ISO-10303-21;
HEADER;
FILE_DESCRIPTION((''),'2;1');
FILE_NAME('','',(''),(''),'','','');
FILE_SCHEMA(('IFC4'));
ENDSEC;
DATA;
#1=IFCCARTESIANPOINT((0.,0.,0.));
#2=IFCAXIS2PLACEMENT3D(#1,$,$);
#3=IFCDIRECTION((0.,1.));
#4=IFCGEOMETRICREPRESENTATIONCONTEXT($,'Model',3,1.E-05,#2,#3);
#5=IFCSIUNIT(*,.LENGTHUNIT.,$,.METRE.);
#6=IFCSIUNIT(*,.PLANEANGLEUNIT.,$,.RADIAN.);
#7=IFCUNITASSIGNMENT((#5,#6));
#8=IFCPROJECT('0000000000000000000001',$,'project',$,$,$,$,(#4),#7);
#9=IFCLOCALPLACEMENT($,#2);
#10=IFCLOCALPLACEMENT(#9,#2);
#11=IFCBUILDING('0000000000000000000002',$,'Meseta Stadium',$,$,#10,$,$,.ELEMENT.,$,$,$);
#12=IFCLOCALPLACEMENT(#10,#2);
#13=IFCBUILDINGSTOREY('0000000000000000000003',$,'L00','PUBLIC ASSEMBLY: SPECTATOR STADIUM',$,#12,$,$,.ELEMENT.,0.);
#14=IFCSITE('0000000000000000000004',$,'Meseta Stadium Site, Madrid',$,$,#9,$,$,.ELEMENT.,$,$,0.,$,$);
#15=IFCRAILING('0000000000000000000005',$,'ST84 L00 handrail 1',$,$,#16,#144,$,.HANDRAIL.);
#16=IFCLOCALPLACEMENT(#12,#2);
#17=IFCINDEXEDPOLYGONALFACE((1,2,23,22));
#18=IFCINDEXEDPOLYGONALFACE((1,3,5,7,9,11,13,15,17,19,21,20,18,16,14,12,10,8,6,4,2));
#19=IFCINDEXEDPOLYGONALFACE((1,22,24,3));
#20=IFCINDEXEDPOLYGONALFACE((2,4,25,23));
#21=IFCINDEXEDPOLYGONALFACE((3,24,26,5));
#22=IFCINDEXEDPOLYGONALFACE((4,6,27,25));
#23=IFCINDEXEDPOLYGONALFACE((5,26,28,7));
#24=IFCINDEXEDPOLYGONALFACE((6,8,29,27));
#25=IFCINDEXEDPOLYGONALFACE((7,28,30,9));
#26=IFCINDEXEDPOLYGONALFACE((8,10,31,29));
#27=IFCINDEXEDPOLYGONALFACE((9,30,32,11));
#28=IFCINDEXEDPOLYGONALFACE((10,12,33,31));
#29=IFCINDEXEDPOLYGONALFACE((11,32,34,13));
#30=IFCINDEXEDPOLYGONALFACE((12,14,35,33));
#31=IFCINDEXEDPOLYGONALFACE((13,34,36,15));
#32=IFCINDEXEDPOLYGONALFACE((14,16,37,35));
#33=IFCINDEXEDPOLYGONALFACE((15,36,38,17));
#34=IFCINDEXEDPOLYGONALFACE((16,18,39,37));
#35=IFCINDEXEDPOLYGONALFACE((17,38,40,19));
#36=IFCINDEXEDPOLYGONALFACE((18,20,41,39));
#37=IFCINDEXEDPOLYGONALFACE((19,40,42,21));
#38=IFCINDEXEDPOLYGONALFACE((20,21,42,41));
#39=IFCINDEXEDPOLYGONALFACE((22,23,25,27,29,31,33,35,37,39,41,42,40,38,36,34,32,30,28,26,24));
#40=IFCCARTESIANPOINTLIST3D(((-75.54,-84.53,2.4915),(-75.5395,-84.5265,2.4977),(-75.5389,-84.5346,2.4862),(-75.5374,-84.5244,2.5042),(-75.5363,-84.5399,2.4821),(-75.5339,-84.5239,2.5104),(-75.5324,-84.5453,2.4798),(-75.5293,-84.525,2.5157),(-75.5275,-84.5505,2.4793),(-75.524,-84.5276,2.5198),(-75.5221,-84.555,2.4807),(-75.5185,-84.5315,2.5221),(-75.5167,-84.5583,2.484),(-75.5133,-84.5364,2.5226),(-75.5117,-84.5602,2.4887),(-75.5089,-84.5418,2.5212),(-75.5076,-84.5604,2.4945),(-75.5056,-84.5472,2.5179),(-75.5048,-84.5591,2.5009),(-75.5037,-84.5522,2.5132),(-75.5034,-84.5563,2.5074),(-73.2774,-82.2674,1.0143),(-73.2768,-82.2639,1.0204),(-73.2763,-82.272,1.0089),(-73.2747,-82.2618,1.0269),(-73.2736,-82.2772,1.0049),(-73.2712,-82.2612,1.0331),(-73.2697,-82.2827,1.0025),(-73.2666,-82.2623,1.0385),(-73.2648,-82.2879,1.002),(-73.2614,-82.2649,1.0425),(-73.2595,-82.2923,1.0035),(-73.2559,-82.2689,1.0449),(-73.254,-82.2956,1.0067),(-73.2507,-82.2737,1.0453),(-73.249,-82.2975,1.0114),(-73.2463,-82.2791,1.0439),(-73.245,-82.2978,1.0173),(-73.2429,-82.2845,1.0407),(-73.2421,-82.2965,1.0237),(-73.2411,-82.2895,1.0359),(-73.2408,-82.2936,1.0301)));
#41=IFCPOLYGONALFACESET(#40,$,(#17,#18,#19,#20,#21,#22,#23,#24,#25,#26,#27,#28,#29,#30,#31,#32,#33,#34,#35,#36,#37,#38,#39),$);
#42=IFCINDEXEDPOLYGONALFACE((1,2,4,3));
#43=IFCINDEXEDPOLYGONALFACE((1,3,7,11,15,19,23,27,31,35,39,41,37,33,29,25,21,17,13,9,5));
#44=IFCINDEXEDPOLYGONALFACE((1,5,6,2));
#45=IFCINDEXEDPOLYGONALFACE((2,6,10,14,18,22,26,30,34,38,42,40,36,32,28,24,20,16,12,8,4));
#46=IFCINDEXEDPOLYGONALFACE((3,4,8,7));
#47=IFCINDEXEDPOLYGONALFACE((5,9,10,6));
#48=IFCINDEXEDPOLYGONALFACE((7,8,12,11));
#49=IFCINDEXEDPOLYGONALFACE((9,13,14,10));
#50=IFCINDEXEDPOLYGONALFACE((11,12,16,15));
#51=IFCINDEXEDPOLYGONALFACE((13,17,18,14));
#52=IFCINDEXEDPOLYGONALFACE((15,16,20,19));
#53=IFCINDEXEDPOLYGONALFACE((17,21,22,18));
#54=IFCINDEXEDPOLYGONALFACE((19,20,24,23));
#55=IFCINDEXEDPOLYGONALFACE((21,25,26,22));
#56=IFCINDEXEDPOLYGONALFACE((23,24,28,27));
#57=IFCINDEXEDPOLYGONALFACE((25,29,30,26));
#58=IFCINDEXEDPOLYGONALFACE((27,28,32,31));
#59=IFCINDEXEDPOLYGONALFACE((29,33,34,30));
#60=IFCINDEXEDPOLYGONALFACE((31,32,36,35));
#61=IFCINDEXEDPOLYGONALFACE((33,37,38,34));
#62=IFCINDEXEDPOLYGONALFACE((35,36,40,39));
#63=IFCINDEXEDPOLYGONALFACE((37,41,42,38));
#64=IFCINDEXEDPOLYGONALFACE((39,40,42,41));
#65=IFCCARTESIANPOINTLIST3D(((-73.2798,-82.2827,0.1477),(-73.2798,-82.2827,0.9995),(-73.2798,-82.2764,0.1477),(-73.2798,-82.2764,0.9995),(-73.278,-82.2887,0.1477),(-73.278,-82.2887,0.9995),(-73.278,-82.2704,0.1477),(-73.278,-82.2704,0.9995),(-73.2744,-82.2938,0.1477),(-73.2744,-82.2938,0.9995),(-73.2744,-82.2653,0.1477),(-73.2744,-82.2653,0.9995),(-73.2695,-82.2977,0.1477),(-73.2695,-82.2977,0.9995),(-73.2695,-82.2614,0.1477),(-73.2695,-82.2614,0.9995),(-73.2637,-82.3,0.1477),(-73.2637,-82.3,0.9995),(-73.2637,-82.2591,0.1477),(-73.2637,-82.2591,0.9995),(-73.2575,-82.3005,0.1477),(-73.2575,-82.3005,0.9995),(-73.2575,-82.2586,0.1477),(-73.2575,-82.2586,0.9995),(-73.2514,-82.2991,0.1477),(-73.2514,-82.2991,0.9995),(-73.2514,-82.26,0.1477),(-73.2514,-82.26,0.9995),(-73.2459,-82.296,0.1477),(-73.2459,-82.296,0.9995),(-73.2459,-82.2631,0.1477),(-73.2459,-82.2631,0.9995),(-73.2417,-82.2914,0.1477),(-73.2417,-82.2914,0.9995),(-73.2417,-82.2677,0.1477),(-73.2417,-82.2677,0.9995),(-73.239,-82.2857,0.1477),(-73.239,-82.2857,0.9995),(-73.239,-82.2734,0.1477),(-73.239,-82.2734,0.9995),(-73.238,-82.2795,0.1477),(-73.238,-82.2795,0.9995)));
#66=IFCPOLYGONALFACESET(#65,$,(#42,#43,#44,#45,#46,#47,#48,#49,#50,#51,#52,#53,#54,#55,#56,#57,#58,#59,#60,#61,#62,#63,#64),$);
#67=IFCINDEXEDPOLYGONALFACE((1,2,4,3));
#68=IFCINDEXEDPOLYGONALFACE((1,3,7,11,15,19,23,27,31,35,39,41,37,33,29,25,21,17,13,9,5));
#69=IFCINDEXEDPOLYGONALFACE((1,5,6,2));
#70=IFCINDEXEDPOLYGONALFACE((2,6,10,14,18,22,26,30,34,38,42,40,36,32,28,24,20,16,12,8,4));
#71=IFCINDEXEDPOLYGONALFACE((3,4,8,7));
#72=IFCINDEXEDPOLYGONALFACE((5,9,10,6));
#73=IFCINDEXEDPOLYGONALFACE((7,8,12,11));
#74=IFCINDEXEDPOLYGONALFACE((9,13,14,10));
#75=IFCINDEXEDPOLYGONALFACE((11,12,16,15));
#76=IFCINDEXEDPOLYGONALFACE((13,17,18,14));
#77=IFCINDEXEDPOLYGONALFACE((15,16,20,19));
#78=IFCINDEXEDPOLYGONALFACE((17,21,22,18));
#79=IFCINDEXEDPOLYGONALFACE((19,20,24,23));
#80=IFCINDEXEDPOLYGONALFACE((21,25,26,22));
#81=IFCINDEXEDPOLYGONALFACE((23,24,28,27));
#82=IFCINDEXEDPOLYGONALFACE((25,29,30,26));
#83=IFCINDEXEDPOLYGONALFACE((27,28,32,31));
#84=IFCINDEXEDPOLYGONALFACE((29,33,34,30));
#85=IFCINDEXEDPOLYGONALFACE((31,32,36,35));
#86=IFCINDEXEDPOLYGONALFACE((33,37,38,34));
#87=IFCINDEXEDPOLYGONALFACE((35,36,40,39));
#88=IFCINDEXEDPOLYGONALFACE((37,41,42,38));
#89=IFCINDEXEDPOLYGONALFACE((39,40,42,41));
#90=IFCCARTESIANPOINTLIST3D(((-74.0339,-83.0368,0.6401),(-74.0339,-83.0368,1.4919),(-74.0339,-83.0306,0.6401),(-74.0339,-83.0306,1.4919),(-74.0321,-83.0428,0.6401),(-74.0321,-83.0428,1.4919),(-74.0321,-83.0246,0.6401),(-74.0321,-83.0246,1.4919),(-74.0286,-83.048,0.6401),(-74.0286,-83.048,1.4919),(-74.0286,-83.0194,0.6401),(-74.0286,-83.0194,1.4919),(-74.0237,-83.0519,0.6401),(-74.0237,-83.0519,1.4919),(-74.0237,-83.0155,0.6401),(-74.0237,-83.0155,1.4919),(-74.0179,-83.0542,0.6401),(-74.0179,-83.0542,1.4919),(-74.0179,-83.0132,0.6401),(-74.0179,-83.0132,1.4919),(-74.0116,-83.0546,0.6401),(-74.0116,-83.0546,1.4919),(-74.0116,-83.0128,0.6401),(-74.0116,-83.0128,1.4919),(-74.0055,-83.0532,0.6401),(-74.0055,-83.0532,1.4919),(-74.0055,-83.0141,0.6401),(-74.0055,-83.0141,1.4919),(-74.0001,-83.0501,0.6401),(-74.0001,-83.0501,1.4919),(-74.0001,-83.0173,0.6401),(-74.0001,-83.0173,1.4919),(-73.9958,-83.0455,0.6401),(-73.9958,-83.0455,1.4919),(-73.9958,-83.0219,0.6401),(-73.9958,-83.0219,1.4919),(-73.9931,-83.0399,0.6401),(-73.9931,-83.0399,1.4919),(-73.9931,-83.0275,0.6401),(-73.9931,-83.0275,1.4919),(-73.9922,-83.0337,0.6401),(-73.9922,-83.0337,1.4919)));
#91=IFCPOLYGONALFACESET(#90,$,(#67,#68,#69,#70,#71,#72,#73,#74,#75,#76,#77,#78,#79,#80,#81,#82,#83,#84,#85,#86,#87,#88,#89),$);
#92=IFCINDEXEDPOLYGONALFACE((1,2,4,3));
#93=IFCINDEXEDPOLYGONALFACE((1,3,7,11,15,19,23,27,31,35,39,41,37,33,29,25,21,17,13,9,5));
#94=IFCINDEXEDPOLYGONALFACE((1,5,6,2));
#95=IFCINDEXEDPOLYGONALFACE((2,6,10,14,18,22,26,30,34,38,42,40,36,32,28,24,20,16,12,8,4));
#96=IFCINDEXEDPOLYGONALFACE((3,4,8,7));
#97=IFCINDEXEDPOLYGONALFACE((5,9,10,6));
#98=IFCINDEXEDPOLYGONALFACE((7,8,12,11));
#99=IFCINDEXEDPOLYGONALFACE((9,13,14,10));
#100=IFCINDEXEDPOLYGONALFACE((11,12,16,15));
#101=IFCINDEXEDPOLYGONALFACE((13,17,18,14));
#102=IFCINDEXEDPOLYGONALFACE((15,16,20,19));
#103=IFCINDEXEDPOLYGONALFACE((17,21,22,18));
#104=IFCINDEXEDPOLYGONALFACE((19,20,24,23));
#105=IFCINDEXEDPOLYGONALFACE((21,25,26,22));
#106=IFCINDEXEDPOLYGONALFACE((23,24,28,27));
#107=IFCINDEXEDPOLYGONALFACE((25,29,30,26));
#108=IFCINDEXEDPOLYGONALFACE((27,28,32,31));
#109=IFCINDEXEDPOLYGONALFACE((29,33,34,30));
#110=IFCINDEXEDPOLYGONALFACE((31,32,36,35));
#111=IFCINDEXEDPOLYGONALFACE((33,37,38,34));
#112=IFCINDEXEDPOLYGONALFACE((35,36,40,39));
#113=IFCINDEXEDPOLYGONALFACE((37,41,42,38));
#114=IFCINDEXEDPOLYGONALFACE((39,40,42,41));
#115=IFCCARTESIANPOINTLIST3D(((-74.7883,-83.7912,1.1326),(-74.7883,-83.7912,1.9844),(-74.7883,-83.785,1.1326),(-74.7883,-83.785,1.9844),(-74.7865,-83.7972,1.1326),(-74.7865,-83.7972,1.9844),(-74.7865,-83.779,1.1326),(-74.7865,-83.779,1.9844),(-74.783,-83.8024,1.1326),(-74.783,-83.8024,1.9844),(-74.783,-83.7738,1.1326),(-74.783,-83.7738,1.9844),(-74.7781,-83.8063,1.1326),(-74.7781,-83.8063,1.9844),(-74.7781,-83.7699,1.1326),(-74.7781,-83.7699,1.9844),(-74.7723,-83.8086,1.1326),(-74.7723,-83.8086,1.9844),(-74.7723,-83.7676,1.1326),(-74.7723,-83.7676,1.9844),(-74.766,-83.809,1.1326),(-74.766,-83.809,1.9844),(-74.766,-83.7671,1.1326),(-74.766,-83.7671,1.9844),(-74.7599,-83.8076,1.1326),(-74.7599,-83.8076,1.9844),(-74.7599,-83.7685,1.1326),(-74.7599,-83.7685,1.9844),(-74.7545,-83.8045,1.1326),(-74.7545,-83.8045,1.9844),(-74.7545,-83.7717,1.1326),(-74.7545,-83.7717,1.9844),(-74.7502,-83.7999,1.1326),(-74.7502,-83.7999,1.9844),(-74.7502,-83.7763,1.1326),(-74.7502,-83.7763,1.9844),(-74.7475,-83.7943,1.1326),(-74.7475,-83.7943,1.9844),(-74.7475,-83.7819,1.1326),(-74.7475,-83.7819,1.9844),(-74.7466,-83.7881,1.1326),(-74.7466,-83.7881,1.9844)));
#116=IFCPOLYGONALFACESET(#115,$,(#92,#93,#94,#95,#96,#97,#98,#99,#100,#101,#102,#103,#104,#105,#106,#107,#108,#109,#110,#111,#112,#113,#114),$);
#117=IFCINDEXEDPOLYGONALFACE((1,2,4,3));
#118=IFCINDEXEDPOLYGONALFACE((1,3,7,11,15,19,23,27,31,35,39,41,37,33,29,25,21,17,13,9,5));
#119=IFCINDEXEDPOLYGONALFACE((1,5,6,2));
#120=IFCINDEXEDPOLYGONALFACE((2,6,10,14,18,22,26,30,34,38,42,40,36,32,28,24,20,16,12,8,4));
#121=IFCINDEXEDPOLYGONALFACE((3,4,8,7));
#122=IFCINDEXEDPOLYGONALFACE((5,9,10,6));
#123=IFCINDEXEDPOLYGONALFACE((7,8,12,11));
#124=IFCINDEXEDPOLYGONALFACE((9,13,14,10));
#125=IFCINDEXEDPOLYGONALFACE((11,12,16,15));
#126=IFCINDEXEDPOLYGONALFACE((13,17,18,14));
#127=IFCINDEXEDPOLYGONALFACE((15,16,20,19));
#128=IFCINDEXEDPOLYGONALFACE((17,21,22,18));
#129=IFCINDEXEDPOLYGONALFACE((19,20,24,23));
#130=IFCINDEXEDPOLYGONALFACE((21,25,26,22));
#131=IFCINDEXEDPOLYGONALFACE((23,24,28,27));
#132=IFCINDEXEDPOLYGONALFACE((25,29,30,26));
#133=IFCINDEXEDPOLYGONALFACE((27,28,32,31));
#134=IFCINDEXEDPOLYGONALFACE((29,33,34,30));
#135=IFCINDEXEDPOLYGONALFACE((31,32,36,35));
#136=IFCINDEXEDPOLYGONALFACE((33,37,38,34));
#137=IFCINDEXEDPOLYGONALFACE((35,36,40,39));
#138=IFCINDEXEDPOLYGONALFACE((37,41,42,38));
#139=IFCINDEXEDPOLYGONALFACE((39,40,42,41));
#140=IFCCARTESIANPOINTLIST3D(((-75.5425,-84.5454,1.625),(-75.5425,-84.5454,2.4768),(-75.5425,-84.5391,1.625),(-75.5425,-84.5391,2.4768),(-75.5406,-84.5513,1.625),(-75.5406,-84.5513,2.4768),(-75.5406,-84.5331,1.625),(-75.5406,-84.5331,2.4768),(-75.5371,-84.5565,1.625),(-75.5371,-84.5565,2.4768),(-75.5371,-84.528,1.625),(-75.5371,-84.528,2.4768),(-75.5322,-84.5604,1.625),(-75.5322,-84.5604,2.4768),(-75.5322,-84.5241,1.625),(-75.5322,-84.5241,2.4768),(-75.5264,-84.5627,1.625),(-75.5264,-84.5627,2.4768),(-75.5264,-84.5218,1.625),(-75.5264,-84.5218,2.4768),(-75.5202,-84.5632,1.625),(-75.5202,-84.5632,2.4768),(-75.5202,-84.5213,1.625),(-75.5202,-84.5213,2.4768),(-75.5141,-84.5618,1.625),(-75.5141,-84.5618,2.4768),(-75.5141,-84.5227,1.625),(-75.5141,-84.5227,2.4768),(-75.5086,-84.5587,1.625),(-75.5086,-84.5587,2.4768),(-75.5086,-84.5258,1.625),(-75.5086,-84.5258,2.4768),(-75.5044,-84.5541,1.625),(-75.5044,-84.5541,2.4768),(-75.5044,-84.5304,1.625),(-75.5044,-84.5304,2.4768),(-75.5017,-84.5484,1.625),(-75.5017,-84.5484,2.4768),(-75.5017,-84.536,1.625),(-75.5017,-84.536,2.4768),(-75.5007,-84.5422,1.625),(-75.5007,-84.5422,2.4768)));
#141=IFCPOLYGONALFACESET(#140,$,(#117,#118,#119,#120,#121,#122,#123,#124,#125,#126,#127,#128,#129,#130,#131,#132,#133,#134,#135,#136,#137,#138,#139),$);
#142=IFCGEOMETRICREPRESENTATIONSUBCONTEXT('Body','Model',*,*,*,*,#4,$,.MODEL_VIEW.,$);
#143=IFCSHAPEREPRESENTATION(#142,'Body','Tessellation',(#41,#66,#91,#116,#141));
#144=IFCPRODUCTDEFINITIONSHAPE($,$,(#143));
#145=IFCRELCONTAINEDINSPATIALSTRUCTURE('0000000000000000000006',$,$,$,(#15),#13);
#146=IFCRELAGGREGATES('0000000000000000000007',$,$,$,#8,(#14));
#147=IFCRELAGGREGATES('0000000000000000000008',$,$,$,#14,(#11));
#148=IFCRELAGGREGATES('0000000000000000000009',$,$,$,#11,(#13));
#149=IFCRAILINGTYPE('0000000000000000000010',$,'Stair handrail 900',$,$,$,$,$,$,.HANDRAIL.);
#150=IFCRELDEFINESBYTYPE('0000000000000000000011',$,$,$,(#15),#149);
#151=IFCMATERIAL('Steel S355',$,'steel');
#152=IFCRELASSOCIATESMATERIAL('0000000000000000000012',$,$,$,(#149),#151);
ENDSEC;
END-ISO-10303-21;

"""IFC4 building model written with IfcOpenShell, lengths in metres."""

from ifc_helpers import new_model, si_unit, direction, frame, origin, origin_2d, place, context, subcontext, project, spatial, circle, extrude, material, type_object, element, save


model = new_model("IFC4")

# Units and contexts
model_context = context("Model", 3, precision=1e-05, world=origin(), true_north=direction((0.0, 1.0)))
body_context = subcontext(model_context, "Body", "Model", "MODEL_VIEW")
ifc_project = project(units=[si_unit("LENGTHUNIT", "METRE"), si_unit("PLANEANGLEUNIT", "RADIAN")], contexts=[model_context])

# Site, building, storey
site_placement = place(None, origin())
site = spatial("IfcSite", under=ifc_project, at=site_placement, Name="Meseta Stadium Site, Madrid", CompositionType="ELEMENT", RefElevation=0.0)
building_placement = place(site_placement, origin())
building = spatial("IfcBuilding", under=site, at=building_placement, Name="Meseta Stadium", CompositionType="ELEMENT")
storey_placement = place(building_placement, origin())
storey = spatial("IfcBuildingStorey", under=building, at=storey_placement, Name="L00", Description="PUBLIC ASSEMBLY: SPECTATOR STADIUM", CompositionType="ELEMENT", Elevation=0.0)

# Railing
ifc_material_1 = material(Name="Steel S355", Category="steel")
railing_type_1 = type_object("IfcRailingType", Name="Stair handrail 900", PredefinedType="HANDRAIL", material=ifc_material_1)
for number, where, name in (
    (1, (-73.259, -82.2795, 0.1477), "ST84 L00 handrail 1"),
):
    element("IfcRailing", number, at=place(storey_placement, frame(where)), inside=storey, type_object=railing_type_1, Name=name, PredefinedType="HANDRAIL", context=body_context, shape_type="SweptSolid", body=[
        extrude(circle(Radius=0.0239, at=origin_2d()), frame((0.0, 0.0, 0.876), z_axis=(-0.641994, -0.641994, 0.419152), x_axis=(0.707107, -0.707107, 0.0)), (0.0, 0.0, 1.0), 3.5244),
        extrude(circle(Radius=0.021, at=origin_2d()), origin(), (0.0, 0.0, 1.0), 0.8518),
        extrude(circle(Radius=0.021, at=origin_2d()), frame((-0.7542, -0.7542, 0.4924)), (0.0, 0.0, 1.0), 0.8518),
        extrude(circle(Radius=0.021, at=origin_2d()), frame((-1.5085, -1.5085, 0.9849)), (0.0, 0.0, 1.0), 0.8518),
        extrude(circle(Radius=0.021, at=origin_2d()), frame((-2.2627, -2.2627, 1.4773)), (0.0, 0.0, 1.0), 0.8518),
    ])

save(model, "model.ifc")
